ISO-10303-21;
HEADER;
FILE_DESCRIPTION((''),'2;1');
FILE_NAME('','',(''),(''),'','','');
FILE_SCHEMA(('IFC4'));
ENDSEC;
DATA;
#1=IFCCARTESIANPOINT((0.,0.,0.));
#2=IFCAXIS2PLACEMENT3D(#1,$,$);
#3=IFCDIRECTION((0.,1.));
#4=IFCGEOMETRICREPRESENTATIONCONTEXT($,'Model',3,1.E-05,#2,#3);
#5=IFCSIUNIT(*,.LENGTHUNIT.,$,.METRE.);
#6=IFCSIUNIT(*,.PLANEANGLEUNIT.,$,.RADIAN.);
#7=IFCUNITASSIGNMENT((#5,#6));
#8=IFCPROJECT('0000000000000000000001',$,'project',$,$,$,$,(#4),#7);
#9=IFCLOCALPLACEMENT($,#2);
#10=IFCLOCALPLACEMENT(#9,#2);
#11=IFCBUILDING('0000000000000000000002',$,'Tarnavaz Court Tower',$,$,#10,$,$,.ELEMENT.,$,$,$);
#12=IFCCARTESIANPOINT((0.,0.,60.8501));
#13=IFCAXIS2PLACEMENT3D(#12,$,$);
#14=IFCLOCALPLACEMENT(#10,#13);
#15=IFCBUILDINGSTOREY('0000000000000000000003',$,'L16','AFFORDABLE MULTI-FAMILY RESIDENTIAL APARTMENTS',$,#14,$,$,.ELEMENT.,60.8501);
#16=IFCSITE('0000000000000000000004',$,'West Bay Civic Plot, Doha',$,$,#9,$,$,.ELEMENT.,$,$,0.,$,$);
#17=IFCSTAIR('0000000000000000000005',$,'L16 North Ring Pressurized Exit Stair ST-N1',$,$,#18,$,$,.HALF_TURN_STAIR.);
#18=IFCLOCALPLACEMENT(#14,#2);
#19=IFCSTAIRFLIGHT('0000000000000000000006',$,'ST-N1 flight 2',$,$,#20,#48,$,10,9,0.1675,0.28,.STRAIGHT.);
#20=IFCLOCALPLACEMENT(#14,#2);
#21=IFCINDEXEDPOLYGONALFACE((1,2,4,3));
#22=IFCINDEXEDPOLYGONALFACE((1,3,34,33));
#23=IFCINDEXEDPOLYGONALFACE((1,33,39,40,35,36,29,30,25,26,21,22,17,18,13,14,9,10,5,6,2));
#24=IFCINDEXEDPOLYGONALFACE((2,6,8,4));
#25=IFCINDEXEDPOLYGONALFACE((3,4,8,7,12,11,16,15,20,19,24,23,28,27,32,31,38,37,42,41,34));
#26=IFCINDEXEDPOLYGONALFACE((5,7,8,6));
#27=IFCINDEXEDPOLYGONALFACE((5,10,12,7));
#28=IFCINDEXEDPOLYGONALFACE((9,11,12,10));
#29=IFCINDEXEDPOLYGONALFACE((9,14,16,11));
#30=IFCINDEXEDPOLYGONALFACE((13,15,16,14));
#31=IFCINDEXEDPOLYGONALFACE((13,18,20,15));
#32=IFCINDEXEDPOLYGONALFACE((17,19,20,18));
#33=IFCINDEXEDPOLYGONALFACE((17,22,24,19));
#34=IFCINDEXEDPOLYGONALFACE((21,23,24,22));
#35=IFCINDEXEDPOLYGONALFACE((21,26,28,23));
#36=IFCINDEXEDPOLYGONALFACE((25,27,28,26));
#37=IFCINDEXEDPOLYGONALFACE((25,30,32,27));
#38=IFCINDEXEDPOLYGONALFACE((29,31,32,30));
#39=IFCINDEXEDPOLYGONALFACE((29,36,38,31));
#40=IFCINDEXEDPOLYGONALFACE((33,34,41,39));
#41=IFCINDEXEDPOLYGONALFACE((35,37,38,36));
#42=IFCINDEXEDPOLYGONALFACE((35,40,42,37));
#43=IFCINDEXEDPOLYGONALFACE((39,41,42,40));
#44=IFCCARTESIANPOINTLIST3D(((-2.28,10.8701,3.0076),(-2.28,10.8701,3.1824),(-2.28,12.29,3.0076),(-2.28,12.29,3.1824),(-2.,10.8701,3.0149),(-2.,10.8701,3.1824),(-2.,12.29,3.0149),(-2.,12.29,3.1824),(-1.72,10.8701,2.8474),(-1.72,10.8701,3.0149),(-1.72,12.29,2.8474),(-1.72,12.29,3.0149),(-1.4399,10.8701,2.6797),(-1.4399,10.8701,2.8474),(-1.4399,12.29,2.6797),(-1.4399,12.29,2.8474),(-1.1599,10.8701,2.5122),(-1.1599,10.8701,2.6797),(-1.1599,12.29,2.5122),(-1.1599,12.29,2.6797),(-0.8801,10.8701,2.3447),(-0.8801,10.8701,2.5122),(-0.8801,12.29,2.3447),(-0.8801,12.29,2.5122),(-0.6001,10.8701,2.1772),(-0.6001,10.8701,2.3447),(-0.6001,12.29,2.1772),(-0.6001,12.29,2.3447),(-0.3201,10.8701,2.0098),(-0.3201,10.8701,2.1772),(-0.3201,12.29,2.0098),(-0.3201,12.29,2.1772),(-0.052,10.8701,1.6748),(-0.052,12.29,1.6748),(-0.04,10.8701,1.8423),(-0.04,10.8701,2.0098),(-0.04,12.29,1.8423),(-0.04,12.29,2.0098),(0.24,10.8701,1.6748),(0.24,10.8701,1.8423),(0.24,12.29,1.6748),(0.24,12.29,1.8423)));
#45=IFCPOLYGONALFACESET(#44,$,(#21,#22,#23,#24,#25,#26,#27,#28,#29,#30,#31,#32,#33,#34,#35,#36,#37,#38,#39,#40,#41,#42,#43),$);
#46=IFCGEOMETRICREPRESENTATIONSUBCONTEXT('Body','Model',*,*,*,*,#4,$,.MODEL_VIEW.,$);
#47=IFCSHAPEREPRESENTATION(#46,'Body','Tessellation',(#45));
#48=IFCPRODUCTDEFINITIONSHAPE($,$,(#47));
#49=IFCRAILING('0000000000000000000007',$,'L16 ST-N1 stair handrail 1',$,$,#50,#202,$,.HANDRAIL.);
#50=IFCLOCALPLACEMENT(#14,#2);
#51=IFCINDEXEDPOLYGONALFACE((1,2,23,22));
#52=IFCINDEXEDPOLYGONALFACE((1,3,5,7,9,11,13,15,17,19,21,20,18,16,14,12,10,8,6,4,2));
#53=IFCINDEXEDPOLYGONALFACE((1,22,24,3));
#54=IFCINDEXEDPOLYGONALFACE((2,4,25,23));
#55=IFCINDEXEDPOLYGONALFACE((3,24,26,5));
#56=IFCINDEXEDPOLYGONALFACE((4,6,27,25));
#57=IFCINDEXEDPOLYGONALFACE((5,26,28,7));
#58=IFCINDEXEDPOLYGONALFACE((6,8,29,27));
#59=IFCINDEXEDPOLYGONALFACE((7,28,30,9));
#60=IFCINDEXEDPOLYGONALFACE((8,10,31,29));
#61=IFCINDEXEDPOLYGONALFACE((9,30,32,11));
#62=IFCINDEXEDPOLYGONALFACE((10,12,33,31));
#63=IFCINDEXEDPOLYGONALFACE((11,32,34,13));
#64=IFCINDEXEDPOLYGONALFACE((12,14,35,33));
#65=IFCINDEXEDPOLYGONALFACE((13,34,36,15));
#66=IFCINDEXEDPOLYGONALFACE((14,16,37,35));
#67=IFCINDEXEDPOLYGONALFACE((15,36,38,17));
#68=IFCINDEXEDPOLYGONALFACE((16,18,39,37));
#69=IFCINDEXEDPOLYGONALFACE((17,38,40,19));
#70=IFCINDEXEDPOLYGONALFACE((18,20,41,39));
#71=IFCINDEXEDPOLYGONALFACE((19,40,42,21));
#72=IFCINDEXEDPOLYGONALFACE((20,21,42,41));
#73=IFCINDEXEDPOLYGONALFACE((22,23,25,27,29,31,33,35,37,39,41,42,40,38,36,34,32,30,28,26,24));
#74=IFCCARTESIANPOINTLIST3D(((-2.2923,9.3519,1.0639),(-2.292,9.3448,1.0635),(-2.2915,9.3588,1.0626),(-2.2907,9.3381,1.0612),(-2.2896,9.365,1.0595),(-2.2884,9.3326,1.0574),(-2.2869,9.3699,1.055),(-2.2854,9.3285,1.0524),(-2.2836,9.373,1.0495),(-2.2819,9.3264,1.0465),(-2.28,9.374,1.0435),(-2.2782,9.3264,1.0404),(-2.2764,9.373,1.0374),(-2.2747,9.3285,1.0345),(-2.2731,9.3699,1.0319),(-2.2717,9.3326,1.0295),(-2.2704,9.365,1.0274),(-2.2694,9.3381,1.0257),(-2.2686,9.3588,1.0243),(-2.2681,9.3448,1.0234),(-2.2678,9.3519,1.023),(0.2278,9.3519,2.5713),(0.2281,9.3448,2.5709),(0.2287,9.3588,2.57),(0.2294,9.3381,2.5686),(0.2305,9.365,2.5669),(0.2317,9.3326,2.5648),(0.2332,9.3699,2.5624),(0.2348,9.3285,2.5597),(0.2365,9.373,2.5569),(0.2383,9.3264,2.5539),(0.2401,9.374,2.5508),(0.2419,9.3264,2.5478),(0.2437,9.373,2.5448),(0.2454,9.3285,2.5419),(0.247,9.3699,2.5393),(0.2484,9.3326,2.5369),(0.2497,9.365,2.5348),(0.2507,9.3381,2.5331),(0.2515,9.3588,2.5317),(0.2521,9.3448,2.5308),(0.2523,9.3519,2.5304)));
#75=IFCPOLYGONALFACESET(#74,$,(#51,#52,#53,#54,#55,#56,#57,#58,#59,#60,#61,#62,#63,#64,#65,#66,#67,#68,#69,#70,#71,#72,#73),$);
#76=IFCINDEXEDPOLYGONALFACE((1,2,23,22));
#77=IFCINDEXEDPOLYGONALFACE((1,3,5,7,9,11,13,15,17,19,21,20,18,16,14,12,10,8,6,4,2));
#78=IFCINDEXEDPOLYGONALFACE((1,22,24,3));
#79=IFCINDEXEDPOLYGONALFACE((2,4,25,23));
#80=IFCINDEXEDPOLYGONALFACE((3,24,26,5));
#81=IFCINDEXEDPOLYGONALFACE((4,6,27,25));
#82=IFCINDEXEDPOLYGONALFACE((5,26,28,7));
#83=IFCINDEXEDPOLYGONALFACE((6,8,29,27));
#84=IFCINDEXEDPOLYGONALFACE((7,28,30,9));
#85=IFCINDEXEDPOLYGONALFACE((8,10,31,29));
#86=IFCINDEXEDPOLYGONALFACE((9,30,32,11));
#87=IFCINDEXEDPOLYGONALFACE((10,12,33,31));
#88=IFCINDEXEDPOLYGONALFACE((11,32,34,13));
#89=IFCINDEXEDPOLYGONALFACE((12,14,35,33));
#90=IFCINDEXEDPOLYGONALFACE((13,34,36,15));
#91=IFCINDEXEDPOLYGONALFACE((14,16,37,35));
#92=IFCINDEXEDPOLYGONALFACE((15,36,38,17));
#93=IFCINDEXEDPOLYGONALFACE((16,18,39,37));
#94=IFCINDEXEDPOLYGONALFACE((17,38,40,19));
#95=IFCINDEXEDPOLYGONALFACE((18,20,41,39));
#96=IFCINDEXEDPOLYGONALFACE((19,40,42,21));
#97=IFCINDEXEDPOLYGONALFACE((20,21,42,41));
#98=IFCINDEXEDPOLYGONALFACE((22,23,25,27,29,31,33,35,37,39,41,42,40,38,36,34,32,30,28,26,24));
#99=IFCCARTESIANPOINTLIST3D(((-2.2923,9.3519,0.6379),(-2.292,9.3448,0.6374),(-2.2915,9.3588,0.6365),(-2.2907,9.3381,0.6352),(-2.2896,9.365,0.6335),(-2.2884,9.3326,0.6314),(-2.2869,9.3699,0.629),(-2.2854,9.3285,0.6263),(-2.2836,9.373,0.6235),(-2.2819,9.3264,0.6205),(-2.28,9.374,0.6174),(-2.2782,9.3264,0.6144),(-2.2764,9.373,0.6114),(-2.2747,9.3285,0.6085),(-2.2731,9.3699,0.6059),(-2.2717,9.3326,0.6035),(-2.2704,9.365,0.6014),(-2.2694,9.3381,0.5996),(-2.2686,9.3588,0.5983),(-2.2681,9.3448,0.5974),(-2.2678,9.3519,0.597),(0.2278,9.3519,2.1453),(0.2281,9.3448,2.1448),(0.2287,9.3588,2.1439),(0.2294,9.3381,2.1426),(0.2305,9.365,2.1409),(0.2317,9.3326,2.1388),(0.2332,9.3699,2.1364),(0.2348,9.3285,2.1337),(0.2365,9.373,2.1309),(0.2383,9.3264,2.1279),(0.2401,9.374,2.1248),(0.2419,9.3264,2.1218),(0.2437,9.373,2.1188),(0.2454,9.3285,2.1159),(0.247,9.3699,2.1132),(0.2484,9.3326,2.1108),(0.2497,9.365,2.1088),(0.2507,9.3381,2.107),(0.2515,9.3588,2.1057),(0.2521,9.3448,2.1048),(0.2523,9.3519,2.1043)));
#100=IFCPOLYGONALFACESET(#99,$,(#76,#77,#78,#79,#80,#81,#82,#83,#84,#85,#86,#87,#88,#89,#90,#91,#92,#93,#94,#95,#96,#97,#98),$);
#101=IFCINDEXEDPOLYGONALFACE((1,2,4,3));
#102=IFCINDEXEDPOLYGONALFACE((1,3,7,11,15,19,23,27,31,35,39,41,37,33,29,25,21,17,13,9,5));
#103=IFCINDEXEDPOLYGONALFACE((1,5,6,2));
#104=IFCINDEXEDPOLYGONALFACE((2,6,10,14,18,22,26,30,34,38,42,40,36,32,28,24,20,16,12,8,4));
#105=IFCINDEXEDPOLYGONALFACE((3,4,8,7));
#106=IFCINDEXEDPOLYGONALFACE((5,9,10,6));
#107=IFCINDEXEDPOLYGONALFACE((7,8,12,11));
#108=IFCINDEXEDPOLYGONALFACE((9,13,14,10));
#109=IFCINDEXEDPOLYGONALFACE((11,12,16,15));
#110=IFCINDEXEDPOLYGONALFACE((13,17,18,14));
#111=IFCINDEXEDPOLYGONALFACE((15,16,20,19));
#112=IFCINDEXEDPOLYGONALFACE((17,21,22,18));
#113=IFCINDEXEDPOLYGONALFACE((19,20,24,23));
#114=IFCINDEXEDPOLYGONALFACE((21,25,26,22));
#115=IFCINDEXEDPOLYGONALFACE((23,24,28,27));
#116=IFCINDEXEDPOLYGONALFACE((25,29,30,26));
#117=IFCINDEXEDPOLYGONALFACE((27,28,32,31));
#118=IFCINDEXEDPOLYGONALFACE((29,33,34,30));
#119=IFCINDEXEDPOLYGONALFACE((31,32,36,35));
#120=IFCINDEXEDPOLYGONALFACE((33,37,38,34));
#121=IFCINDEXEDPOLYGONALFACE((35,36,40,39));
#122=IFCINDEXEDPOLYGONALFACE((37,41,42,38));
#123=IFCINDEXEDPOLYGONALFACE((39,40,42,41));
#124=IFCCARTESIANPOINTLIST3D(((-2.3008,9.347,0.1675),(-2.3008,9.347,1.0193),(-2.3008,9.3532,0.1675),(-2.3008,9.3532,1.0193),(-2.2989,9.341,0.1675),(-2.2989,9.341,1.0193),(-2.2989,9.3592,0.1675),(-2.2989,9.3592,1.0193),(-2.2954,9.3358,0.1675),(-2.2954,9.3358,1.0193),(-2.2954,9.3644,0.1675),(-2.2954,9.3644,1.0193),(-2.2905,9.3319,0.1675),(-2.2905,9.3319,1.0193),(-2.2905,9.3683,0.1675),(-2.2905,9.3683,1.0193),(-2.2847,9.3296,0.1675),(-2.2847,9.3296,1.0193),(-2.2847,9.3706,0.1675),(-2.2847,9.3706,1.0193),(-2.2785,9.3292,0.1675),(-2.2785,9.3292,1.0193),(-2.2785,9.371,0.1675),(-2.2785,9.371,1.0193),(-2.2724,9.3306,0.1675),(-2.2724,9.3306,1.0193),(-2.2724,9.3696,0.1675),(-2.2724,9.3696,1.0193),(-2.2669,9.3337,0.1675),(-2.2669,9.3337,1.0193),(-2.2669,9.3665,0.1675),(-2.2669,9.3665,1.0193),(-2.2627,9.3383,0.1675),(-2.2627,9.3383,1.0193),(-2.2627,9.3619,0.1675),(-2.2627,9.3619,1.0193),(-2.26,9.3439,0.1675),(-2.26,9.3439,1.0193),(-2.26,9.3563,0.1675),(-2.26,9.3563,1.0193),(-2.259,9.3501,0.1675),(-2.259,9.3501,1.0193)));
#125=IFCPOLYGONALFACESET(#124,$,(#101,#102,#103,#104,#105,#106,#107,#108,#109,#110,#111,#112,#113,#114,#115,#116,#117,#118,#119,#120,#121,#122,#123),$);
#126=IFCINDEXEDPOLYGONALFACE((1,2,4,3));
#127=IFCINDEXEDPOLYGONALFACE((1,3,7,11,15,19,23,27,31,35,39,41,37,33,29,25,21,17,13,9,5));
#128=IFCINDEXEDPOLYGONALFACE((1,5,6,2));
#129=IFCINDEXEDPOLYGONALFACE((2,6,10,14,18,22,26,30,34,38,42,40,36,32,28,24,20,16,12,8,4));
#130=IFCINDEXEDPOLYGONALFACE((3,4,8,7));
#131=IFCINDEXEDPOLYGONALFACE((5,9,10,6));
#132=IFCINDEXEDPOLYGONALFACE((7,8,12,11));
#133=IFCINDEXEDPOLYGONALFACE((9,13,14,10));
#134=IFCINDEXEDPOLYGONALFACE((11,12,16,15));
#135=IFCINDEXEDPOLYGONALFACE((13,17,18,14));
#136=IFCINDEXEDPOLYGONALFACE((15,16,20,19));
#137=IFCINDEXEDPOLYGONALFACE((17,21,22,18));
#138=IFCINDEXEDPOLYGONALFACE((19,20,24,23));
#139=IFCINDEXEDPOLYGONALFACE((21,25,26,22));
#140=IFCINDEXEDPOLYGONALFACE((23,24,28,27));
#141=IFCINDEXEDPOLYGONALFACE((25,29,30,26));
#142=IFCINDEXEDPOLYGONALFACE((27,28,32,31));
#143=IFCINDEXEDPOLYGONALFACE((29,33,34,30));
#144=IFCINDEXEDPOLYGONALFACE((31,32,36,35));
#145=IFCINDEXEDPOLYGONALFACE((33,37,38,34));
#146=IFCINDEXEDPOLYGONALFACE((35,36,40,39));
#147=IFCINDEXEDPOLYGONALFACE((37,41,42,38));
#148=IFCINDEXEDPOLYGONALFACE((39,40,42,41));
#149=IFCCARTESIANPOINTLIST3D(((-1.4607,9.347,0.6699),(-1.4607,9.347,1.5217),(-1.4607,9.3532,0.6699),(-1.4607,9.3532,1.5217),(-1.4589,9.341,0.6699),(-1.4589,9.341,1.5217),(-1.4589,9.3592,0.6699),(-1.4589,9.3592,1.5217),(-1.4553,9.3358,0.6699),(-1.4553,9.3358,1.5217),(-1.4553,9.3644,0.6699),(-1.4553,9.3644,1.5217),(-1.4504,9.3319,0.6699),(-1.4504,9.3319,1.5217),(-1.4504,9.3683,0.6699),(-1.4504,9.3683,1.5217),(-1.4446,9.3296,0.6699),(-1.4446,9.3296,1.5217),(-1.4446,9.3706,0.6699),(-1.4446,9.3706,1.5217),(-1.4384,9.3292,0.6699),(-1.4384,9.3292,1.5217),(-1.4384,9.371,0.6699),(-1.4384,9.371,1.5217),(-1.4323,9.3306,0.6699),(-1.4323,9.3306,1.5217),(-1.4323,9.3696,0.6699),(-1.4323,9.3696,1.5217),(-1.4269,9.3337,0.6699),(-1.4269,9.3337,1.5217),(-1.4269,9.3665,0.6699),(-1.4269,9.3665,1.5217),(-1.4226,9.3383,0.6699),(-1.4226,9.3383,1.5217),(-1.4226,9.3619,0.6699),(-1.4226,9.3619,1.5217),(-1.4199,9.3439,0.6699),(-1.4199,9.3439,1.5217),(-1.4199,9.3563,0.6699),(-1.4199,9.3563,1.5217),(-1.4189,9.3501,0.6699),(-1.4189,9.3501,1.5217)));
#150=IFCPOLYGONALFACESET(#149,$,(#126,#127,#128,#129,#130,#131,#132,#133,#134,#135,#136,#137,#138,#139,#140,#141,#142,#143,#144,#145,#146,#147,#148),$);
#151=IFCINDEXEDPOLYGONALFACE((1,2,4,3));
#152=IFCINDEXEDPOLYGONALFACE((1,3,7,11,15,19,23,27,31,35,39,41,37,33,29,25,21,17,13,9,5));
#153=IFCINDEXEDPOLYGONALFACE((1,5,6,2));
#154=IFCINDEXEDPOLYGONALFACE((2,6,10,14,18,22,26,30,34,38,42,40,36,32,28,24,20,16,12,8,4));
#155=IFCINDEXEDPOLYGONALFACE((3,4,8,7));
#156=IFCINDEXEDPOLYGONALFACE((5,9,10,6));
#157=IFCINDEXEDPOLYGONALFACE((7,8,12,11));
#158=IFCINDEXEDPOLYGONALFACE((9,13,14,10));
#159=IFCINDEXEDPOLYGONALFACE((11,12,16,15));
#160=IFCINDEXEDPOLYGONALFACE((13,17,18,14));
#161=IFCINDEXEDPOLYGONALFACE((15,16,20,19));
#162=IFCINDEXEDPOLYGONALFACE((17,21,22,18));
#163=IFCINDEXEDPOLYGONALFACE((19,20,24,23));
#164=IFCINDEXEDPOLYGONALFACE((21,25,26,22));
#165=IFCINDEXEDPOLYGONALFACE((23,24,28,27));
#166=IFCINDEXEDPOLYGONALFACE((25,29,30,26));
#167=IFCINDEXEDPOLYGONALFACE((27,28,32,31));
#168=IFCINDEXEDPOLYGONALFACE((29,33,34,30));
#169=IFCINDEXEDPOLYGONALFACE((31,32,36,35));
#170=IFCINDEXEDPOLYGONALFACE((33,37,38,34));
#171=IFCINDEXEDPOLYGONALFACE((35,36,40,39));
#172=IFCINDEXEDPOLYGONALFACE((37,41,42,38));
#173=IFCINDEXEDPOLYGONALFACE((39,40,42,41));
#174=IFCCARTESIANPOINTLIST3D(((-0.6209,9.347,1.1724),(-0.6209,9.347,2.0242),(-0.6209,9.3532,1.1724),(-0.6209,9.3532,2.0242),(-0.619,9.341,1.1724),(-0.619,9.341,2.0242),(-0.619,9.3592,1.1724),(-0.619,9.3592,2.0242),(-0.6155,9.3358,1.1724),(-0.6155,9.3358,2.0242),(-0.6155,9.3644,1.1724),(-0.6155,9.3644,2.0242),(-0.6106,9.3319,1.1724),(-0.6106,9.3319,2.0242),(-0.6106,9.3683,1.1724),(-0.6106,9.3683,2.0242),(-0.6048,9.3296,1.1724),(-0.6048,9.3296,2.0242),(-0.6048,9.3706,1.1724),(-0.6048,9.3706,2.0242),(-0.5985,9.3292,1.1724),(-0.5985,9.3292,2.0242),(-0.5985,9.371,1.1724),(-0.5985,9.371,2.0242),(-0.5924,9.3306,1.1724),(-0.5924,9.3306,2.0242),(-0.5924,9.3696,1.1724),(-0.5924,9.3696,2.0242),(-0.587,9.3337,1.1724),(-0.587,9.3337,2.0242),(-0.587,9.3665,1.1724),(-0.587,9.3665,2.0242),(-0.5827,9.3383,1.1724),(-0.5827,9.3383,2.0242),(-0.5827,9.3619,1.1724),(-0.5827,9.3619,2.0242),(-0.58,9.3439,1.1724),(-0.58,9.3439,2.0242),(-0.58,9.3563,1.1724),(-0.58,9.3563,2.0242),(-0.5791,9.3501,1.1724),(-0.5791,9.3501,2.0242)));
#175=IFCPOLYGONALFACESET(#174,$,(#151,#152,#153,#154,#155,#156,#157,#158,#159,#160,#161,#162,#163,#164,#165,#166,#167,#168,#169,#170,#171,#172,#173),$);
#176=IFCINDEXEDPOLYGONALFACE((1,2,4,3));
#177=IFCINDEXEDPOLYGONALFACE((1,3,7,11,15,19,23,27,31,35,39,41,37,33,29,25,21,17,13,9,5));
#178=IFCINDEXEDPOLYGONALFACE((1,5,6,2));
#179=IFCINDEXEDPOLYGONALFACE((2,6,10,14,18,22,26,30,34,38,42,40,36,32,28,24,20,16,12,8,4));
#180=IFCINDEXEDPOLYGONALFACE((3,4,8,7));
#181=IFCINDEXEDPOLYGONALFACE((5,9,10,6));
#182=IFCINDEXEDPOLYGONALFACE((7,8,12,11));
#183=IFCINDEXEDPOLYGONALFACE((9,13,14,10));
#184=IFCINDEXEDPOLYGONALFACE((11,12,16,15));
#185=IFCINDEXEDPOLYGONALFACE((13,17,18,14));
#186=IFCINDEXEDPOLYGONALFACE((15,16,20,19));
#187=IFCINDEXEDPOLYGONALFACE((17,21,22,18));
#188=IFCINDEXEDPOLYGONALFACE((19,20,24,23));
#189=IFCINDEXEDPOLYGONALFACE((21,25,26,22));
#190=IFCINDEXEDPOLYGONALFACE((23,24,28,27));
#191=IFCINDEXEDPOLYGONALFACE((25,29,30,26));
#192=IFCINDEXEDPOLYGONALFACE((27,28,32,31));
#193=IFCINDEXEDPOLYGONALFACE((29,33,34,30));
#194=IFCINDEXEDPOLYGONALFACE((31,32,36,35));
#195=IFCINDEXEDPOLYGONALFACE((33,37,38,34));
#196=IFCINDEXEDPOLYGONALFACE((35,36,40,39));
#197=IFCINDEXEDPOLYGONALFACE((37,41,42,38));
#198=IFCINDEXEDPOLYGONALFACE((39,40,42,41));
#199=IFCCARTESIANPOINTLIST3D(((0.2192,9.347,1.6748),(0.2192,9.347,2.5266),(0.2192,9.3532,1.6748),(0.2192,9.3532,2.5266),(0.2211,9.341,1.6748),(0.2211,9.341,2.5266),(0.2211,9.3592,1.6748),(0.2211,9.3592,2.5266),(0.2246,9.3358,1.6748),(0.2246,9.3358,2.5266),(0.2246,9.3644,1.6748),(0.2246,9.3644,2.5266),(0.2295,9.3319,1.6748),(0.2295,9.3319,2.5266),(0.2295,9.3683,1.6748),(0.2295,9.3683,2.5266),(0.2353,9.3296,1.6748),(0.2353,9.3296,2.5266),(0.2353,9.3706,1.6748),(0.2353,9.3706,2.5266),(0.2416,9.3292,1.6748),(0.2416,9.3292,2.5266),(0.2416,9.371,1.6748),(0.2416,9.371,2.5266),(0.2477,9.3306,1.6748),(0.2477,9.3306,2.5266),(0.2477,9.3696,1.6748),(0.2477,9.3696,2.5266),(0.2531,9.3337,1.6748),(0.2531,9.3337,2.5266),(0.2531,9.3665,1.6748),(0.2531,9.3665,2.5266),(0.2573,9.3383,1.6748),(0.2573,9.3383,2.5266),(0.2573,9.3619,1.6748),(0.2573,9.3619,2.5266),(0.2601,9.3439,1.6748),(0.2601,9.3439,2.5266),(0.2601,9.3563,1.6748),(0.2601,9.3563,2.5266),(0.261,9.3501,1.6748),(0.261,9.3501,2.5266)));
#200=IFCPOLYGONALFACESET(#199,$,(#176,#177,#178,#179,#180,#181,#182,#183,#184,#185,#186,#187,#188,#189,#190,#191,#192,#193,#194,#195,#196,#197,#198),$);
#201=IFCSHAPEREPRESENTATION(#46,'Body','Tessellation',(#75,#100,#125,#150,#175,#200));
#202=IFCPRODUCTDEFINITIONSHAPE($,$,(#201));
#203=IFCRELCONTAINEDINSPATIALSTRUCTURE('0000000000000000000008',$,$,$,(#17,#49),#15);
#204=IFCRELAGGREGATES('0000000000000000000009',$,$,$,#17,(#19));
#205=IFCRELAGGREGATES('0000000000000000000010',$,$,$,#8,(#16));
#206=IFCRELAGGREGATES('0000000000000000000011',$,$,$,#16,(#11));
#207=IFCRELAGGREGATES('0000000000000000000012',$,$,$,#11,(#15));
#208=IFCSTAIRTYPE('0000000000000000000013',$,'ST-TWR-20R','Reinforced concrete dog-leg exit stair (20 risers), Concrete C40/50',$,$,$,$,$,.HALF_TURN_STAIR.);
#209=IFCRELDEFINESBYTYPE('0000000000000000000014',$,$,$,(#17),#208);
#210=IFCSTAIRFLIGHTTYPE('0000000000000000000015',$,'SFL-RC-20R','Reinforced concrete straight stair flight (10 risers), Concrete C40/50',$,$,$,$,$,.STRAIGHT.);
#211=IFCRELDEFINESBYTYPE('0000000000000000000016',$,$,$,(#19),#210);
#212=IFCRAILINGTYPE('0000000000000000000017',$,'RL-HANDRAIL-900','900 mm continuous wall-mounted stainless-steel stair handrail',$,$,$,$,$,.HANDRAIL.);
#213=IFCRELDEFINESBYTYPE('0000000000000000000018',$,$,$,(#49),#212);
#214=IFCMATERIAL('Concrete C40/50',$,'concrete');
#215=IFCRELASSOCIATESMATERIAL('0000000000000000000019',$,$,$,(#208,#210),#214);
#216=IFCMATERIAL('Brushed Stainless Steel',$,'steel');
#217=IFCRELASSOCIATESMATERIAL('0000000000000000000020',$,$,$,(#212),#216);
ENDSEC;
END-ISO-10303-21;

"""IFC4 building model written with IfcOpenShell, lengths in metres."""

from ifc_helpers import new_model, si_unit, direction, frame, origin, origin_2d, place, context, subcontext, project, spatial, polyline, circle, outline, extrude, material, type_object, element, aggregate, save


model = new_model("IFC4")

# Units and contexts
model_context = context("Model", 3, precision=1e-05, world=origin(), true_north=direction((0.0, 1.0)))
body_context = subcontext(model_context, "Body", "Model", "MODEL_VIEW")
ifc_project = project(units=[si_unit("LENGTHUNIT", "METRE"), si_unit("PLANEANGLEUNIT", "RADIAN")], contexts=[model_context])

# Site, building, storey
site_placement = place(None, origin())
site = spatial("IfcSite", under=ifc_project, at=site_placement, Name="West Bay Civic Plot, Doha", CompositionType="ELEMENT", RefElevation=0.0)
building_placement = place(site_placement, origin())
building = spatial("IfcBuilding", under=site, at=building_placement, Name="Tarnavaz Court Tower", CompositionType="ELEMENT")
storey_placement = place(building_placement, frame((0.0, 0.0, 60.8501)))
storey = spatial("IfcBuildingStorey", under=building, at=storey_placement, Name="L16", Description="AFFORDABLE MULTI-FAMILY RESIDENTIAL APARTMENTS", CompositionType="ELEMENT", Elevation=60.8501)

# Stair
ifc_material_1 = material(Name="Concrete C40/50", Category="concrete")
stair_type = type_object("IfcStairType", Name="ST-TWR-20R", Description="Reinforced concrete dog-leg exit stair (20 risers), Concrete C40/50", PredefinedType="HALF_TURN_STAIR", material=ifc_material_1)
stair_1_placement = place(storey_placement, origin())
stair_1 = element("IfcStair", 1, at=stair_1_placement, inside=storey, type_object=stair_type, Name="L16 North Ring Pressurized Exit Stair ST-N1", PredefinedType="HALF_TURN_STAIR")

# Stair flight
stair_flight_type = type_object("IfcStairFlightType", Name="SFL-RC-20R", Description="Reinforced concrete straight stair flight (10 risers), Concrete C40/50", PredefinedType="STRAIGHT", material=ifc_material_1)
stair_flight_placement = place(storey_placement, frame((0.24, 11.5801, 1.6748), z_axis=(0.0, 0.0, 1.0), x_axis=(-1.0, 0.0, 0.0)))
stair_flight = element("IfcStairFlight", 2, at=stair_flight_placement, type_object=stair_flight_type, Name="ST-N1 flight 2", NumberOfRisers=10, NumberOfTreads=9, PredefinedType="STRAIGHT", RiserHeight=0.1675, TreadLength=0.28, context=body_context, shape_type="SweptSolid", body=[
    extrude(outline(polyline([(0.0, 0.0), (0.0, 0.1675), (0.28, 0.1675), (0.28, 0.335), (0.5601, 0.335), (0.5601, 0.5024), (0.8401, 0.5024), (0.8401, 0.6699), (1.1201, 0.6699), (1.1201, 0.8374), (1.3999, 0.8374), (1.3999, 1.0049), (1.6799, 1.0049), (1.6799, 1.1726), (1.96, 1.1726), (1.96, 1.3401), (2.24, 1.3401), (2.24, 1.5076), (2.52, 1.5076), (2.52, 1.675), (2.52, 1.3328), (0.292, 0.0), (0.0, 0.0)])), frame((0.0, 0.71, 0.0), z_axis=(0.0, -1.0, 0.0), x_axis=(1.0, 0.0, 0.0)), (0.0, 0.0, 1.0), 1.4199),
])
aggregate(stair_1, [stair_flight])

# Railing
ifc_material_2 = material(Name="Brushed Stainless Steel", Category="steel")
railing_type_1 = type_object("IfcRailingType", Name="RL-HANDRAIL-900", Description="900 mm continuous wall-mounted stainless-steel stair handrail", PredefinedType="HANDRAIL", material=ifc_material_2)
railing_1_placement = place(storey_placement, frame((-2.28, 9.3501, 0.1675)))
element("IfcRailing", 3, at=railing_1_placement, inside=storey, type_object=railing_type_1, Name="L16 ST-N1 stair handrail 1", PredefinedType="HANDRAIL", context=body_context, shape_type="SweptSolid", body=[
    extrude(circle(Radius=0.0239, at=origin_2d()), frame((0.0, 0.0, 0.876), z_axis=(0.858196, 0.0, 0.513321), x_axis=(0.0, 1.0, 0.0)), (0.0, 0.0, 1.0), 2.9365),
    extrude(circle(Radius=0.0239, at=origin_2d()), frame((0.0, 0.0, 0.45), z_axis=(0.858196, 0.0, 0.513321), x_axis=(0.0, 1.0, 0.0)), (0.0, 0.0, 1.0), 2.9365),
    extrude(circle(Radius=0.021, at=origin_2d()), origin(), (0.0, 0.0, 1.0), 0.8518),
    extrude(circle(Radius=0.021, at=origin_2d()), frame((0.8401, 0.0, 0.5024)), (0.0, 0.0, 1.0), 0.8518),
    extrude(circle(Radius=0.021, at=origin_2d()), frame((1.6799, 0.0, 1.0049)), (0.0, 0.0, 1.0), 0.8518),
    extrude(circle(Radius=0.021, at=origin_2d()), frame((2.52, 0.0, 1.5073)), (0.0, 0.0, 1.0), 0.8518),
])

save(model, "model.ifc")
